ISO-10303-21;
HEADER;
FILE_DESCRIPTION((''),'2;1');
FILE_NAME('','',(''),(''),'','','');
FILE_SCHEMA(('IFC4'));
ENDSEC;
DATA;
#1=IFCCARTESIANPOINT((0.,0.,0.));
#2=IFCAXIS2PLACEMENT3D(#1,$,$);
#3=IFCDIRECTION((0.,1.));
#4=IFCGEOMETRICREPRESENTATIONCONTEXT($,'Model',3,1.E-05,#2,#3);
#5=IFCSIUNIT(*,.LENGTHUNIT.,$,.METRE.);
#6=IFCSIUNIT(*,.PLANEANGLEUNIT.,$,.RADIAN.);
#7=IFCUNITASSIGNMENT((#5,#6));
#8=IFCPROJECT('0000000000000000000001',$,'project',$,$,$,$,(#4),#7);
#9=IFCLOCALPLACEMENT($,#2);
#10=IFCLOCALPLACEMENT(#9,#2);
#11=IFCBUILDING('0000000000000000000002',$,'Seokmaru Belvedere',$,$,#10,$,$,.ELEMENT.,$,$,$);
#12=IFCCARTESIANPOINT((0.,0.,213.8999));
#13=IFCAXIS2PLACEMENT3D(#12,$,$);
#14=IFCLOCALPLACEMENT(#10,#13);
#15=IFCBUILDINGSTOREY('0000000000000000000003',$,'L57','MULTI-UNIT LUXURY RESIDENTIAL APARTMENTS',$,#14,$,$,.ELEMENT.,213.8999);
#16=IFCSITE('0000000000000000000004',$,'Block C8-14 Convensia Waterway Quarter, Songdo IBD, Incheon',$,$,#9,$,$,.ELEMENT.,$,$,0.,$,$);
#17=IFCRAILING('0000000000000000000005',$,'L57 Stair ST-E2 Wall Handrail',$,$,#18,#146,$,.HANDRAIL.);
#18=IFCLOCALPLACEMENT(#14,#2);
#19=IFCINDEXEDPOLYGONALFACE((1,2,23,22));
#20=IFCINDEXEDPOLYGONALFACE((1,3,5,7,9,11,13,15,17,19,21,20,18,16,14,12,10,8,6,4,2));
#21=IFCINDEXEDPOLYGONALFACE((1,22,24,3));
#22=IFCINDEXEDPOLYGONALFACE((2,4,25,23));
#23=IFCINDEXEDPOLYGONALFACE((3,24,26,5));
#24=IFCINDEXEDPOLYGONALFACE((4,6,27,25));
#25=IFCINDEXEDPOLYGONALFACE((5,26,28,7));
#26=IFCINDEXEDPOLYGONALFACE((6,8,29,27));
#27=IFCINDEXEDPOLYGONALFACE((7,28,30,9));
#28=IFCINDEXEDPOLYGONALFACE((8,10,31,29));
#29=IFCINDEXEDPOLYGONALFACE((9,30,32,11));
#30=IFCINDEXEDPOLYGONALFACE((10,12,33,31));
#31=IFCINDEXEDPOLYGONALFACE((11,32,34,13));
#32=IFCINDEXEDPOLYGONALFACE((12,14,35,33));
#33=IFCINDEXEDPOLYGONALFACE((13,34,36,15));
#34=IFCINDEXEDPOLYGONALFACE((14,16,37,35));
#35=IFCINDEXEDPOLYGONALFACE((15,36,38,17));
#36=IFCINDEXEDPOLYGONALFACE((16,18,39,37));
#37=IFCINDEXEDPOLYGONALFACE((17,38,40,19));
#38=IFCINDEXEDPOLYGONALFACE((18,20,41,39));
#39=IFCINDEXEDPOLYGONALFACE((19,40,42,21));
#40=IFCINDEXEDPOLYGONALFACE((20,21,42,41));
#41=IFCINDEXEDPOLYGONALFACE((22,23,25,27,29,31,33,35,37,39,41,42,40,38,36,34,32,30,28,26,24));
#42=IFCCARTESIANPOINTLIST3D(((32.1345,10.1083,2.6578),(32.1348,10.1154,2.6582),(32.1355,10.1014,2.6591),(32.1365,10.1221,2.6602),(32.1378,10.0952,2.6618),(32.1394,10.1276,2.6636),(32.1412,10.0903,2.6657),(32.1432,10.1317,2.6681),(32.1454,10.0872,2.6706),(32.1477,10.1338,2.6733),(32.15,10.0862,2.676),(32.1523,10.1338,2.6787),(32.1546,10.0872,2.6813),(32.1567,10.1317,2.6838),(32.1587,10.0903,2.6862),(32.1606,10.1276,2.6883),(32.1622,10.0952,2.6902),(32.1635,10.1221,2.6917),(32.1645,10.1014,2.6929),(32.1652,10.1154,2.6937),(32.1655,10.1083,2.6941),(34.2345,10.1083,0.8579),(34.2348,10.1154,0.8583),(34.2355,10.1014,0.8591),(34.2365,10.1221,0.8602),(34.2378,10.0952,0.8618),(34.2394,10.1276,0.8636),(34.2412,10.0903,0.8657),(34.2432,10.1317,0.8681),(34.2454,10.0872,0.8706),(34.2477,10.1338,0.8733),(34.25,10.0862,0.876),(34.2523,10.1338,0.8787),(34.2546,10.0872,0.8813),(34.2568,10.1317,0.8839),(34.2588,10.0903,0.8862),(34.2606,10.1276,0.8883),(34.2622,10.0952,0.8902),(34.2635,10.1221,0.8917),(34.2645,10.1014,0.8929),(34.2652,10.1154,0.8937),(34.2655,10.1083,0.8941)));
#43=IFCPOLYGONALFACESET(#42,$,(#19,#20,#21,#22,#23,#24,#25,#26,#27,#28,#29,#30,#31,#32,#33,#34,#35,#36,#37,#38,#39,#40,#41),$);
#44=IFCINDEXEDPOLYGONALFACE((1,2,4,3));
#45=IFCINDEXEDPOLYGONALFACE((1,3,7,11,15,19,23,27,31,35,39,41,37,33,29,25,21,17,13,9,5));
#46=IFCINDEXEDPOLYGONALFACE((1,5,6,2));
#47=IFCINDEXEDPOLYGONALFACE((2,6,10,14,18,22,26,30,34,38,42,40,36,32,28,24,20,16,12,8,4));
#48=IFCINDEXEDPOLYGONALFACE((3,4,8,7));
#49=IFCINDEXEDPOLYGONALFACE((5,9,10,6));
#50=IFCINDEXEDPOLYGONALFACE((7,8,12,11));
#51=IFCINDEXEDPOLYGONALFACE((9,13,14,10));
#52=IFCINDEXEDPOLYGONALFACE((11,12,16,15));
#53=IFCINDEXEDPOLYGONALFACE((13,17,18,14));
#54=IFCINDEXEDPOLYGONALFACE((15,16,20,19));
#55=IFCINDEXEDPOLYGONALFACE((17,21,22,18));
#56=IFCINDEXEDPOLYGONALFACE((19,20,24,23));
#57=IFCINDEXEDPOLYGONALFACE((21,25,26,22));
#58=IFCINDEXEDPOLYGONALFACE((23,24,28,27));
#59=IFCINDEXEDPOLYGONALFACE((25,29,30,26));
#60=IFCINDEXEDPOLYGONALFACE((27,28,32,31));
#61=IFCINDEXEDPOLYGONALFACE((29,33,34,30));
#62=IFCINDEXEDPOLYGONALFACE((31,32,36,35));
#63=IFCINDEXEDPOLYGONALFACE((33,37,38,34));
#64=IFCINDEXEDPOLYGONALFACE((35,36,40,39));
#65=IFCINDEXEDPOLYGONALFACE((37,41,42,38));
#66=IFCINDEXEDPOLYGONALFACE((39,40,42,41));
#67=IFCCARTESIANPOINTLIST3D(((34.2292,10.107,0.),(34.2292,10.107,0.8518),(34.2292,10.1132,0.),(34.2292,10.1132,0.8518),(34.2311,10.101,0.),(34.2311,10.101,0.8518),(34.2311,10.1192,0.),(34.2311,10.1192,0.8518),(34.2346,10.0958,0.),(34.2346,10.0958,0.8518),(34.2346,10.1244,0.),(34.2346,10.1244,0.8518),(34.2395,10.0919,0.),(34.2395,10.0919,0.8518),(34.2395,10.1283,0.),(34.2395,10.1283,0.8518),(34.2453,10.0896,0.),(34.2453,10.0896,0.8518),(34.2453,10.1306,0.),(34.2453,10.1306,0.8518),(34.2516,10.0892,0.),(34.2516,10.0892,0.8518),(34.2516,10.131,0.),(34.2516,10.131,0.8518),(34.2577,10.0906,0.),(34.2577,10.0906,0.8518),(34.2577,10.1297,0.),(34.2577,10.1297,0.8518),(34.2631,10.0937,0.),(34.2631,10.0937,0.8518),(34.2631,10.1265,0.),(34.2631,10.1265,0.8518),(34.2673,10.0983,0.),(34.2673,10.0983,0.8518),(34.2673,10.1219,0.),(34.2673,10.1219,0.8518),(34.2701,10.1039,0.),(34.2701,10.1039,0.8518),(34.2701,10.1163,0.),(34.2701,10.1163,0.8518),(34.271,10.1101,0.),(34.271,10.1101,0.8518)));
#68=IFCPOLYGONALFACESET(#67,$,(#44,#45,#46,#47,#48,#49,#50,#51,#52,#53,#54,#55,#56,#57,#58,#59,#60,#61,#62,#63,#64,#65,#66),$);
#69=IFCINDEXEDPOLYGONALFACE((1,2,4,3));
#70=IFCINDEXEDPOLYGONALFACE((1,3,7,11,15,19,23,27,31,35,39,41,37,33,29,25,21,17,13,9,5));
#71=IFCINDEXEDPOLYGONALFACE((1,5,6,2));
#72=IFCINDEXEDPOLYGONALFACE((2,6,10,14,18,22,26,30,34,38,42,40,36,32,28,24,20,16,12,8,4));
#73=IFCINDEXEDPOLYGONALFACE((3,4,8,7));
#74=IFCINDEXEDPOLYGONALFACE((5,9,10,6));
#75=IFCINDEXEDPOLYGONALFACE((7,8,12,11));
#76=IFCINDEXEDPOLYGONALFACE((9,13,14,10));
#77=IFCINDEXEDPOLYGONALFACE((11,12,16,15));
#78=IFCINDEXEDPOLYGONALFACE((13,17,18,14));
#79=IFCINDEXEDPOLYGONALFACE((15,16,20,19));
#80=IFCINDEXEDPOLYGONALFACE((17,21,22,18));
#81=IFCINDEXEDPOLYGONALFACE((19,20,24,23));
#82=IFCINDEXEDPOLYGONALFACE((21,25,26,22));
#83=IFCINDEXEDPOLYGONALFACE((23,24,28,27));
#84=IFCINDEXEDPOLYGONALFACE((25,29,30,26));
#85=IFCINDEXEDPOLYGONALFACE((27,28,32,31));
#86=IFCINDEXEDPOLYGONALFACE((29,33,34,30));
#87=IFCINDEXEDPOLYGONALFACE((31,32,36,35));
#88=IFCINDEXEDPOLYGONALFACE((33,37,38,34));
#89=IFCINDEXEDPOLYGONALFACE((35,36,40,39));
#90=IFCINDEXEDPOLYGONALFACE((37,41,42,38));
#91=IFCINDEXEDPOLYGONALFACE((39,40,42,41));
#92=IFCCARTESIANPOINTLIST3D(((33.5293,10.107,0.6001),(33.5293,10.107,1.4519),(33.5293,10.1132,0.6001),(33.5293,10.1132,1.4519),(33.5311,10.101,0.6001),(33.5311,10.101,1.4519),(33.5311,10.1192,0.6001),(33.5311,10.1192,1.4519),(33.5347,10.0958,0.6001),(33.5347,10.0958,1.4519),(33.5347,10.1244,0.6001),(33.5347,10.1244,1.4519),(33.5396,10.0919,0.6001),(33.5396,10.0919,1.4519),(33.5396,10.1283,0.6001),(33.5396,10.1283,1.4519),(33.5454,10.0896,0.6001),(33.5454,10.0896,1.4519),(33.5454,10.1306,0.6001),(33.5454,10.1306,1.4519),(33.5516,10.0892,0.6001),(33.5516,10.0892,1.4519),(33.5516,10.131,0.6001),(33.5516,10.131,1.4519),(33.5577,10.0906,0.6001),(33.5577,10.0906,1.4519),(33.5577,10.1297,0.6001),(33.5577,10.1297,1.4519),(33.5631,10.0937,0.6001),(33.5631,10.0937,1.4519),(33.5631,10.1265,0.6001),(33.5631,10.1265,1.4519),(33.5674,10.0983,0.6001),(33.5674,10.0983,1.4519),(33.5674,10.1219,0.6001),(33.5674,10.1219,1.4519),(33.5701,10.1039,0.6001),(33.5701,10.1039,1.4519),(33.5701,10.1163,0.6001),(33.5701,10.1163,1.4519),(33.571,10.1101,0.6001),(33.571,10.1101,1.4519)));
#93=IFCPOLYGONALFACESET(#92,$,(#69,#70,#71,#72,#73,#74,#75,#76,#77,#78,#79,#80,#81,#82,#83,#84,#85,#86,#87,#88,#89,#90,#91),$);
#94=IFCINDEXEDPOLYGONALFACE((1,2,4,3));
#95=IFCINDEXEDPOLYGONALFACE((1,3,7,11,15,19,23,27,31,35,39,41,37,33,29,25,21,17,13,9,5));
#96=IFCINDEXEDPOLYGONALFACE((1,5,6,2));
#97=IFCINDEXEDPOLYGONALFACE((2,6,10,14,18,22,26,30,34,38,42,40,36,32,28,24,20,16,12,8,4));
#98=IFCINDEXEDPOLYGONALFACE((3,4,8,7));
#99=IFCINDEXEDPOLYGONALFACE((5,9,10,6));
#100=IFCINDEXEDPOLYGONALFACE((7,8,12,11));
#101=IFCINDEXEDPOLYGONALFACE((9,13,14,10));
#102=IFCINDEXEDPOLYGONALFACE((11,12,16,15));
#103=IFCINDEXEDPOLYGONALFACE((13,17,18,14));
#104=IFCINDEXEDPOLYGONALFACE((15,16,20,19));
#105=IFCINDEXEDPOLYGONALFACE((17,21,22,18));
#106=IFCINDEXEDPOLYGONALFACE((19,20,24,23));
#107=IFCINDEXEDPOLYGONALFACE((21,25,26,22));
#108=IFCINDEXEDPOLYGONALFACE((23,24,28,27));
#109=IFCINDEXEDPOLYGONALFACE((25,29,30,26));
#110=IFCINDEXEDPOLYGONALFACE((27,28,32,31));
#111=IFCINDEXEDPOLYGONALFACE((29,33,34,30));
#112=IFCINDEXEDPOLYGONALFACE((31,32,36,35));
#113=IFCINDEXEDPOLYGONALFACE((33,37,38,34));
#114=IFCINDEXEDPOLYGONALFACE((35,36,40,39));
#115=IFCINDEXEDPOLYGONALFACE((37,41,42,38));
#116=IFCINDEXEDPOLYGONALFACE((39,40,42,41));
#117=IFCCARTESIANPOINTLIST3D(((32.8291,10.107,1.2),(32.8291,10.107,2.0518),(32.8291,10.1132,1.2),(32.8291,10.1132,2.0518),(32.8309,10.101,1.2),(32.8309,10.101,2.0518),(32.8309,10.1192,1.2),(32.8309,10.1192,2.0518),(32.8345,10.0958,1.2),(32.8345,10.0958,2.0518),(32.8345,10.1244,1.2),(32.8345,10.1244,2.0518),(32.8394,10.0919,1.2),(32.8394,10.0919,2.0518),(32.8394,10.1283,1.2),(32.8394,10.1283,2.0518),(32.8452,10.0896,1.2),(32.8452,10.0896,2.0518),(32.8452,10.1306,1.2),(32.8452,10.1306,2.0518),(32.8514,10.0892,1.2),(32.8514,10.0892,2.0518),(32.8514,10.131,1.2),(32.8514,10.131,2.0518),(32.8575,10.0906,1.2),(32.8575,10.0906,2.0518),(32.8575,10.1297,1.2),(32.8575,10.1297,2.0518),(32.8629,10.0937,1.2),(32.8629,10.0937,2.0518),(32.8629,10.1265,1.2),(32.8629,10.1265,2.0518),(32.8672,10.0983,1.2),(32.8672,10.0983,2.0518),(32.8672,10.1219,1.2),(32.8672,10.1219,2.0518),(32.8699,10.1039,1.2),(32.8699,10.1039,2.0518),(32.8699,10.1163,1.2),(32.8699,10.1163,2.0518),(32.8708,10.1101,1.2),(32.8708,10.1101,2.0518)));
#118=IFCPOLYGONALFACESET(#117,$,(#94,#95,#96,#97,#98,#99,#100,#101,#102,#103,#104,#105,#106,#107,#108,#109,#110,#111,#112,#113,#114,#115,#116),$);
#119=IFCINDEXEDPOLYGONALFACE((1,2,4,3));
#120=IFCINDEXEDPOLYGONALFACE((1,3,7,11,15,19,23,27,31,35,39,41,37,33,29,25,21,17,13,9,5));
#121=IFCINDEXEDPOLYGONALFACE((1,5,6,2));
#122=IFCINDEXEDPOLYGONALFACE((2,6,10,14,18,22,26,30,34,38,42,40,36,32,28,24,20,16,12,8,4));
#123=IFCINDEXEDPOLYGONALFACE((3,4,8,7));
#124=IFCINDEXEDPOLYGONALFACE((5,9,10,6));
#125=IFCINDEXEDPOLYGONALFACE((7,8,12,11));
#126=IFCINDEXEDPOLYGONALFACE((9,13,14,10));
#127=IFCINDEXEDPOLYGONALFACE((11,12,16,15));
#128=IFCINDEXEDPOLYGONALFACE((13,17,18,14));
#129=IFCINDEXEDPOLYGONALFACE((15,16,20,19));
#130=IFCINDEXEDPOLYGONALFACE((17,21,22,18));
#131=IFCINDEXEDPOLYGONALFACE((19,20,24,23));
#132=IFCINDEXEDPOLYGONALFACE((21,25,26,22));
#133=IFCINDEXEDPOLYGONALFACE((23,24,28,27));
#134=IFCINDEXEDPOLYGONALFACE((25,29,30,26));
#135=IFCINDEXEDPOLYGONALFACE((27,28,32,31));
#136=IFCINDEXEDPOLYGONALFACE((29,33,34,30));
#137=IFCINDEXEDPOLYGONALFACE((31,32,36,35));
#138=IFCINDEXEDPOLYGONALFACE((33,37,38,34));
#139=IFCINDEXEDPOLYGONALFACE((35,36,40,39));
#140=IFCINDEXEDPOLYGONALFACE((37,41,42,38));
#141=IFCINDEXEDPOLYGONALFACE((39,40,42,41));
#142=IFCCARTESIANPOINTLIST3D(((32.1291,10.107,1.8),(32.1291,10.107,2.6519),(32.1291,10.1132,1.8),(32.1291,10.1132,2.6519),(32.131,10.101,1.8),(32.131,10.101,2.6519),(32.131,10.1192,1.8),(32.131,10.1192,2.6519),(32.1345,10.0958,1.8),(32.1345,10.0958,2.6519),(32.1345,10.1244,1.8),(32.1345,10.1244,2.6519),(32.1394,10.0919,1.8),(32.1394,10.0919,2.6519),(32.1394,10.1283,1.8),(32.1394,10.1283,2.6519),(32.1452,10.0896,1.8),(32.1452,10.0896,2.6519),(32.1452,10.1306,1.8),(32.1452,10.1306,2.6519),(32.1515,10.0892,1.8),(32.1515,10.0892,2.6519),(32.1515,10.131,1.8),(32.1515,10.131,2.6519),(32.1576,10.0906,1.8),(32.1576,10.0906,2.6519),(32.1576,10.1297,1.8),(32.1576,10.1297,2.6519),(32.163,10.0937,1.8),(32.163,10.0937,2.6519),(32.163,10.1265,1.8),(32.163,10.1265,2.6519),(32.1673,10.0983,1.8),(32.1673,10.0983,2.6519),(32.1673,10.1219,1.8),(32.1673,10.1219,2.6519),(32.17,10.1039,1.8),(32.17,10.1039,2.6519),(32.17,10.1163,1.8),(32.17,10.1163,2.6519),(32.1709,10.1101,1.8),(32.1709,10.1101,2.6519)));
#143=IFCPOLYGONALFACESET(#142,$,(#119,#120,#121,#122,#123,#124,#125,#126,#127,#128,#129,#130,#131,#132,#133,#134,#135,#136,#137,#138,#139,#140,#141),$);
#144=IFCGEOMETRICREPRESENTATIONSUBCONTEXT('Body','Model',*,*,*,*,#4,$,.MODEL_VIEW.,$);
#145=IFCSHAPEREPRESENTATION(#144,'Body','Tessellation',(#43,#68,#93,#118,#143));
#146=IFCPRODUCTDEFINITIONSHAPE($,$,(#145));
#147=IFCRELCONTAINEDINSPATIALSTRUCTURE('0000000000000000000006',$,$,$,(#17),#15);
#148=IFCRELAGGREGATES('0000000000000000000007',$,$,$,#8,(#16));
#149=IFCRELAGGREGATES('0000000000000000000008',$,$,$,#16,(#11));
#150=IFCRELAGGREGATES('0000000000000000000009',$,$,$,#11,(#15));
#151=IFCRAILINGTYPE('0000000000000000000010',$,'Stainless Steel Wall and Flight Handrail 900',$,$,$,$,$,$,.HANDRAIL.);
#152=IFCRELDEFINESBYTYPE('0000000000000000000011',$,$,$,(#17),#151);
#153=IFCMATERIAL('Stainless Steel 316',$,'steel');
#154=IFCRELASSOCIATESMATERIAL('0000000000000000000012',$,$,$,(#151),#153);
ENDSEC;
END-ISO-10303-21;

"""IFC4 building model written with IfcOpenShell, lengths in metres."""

from ifc_helpers import new_model, si_unit, direction, frame, origin, origin_2d, place, context, subcontext, project, spatial, circle, extrude, material, type_object, element, save


model = new_model("IFC4")

# Units and contexts
model_context = context("Model", 3, precision=1e-05, world=origin(), true_north=direction((0.0, 1.0)))
body_context = subcontext(model_context, "Body", "Model", "MODEL_VIEW")
ifc_project = project(units=[si_unit("LENGTHUNIT", "METRE"), si_unit("PLANEANGLEUNIT", "RADIAN")], contexts=[model_context])

# Site, building, storey
site_placement = place(None, origin())
site = spatial("IfcSite", under=ifc_project, at=site_placement, Name="Block C8-14 Convensia Waterway Quarter, Songdo IBD, Incheon", CompositionType="ELEMENT", RefElevation=0.0)
building_placement = place(site_placement, origin())
building = spatial("IfcBuilding", under=site, at=building_placement, Name="Seokmaru Belvedere", CompositionType="ELEMENT")
storey_placement = place(building_placement, frame((0.0, 0.0, 213.8999)))
storey = spatial("IfcBuildingStorey", under=building, at=storey_placement, Name="L57", Description="MULTI-UNIT LUXURY RESIDENTIAL APARTMENTS", CompositionType="ELEMENT", Elevation=213.8999)

# Shared definitions
ifc_material_1 = material(Name="Stainless Steel 316", Category="steel")

# Railing
railing_type_1 = type_object("IfcRailingType", Name="Stainless Steel Wall and Flight Handrail 900", PredefinedType="HANDRAIL", material=ifc_material_1)
railing_1_placement = place(storey_placement, frame((34.25, 10.1101, 0.0)))
element("IfcRailing", 1, at=railing_1_placement, inside=storey, type_object=railing_type_1, Name="L57 Stair ST-E2 Wall Handrail", PredefinedType="HANDRAIL", context=body_context, shape_type="SweptSolid", body=[
    extrude(circle(Radius=0.0239, at=origin_2d()), frame((0.0, 0.0, 0.876), z_axis=(-0.759263, 0.0, 0.650784), x_axis=(0.0, -1.0, 0.0)), (0.0, 0.0, 1.0), 2.7659),
    extrude(circle(Radius=0.021, at=origin_2d()), origin(), (0.0, 0.0, 1.0), 0.8518),
    extrude(circle(Radius=0.021, at=origin_2d()), frame((-0.7, 0.0, 0.6001)), (0.0, 0.0, 1.0), 0.8518),
    extrude(circle(Radius=0.021, at=origin_2d()), frame((-1.4001, 0.0, 1.2)), (0.0, 0.0, 1.0), 0.8518),
    extrude(circle(Radius=0.021, at=origin_2d()), frame((-2.1001, 0.0, 1.8)), (0.0, 0.0, 1.0), 0.8518),
])

save(model, "model.ifc")
